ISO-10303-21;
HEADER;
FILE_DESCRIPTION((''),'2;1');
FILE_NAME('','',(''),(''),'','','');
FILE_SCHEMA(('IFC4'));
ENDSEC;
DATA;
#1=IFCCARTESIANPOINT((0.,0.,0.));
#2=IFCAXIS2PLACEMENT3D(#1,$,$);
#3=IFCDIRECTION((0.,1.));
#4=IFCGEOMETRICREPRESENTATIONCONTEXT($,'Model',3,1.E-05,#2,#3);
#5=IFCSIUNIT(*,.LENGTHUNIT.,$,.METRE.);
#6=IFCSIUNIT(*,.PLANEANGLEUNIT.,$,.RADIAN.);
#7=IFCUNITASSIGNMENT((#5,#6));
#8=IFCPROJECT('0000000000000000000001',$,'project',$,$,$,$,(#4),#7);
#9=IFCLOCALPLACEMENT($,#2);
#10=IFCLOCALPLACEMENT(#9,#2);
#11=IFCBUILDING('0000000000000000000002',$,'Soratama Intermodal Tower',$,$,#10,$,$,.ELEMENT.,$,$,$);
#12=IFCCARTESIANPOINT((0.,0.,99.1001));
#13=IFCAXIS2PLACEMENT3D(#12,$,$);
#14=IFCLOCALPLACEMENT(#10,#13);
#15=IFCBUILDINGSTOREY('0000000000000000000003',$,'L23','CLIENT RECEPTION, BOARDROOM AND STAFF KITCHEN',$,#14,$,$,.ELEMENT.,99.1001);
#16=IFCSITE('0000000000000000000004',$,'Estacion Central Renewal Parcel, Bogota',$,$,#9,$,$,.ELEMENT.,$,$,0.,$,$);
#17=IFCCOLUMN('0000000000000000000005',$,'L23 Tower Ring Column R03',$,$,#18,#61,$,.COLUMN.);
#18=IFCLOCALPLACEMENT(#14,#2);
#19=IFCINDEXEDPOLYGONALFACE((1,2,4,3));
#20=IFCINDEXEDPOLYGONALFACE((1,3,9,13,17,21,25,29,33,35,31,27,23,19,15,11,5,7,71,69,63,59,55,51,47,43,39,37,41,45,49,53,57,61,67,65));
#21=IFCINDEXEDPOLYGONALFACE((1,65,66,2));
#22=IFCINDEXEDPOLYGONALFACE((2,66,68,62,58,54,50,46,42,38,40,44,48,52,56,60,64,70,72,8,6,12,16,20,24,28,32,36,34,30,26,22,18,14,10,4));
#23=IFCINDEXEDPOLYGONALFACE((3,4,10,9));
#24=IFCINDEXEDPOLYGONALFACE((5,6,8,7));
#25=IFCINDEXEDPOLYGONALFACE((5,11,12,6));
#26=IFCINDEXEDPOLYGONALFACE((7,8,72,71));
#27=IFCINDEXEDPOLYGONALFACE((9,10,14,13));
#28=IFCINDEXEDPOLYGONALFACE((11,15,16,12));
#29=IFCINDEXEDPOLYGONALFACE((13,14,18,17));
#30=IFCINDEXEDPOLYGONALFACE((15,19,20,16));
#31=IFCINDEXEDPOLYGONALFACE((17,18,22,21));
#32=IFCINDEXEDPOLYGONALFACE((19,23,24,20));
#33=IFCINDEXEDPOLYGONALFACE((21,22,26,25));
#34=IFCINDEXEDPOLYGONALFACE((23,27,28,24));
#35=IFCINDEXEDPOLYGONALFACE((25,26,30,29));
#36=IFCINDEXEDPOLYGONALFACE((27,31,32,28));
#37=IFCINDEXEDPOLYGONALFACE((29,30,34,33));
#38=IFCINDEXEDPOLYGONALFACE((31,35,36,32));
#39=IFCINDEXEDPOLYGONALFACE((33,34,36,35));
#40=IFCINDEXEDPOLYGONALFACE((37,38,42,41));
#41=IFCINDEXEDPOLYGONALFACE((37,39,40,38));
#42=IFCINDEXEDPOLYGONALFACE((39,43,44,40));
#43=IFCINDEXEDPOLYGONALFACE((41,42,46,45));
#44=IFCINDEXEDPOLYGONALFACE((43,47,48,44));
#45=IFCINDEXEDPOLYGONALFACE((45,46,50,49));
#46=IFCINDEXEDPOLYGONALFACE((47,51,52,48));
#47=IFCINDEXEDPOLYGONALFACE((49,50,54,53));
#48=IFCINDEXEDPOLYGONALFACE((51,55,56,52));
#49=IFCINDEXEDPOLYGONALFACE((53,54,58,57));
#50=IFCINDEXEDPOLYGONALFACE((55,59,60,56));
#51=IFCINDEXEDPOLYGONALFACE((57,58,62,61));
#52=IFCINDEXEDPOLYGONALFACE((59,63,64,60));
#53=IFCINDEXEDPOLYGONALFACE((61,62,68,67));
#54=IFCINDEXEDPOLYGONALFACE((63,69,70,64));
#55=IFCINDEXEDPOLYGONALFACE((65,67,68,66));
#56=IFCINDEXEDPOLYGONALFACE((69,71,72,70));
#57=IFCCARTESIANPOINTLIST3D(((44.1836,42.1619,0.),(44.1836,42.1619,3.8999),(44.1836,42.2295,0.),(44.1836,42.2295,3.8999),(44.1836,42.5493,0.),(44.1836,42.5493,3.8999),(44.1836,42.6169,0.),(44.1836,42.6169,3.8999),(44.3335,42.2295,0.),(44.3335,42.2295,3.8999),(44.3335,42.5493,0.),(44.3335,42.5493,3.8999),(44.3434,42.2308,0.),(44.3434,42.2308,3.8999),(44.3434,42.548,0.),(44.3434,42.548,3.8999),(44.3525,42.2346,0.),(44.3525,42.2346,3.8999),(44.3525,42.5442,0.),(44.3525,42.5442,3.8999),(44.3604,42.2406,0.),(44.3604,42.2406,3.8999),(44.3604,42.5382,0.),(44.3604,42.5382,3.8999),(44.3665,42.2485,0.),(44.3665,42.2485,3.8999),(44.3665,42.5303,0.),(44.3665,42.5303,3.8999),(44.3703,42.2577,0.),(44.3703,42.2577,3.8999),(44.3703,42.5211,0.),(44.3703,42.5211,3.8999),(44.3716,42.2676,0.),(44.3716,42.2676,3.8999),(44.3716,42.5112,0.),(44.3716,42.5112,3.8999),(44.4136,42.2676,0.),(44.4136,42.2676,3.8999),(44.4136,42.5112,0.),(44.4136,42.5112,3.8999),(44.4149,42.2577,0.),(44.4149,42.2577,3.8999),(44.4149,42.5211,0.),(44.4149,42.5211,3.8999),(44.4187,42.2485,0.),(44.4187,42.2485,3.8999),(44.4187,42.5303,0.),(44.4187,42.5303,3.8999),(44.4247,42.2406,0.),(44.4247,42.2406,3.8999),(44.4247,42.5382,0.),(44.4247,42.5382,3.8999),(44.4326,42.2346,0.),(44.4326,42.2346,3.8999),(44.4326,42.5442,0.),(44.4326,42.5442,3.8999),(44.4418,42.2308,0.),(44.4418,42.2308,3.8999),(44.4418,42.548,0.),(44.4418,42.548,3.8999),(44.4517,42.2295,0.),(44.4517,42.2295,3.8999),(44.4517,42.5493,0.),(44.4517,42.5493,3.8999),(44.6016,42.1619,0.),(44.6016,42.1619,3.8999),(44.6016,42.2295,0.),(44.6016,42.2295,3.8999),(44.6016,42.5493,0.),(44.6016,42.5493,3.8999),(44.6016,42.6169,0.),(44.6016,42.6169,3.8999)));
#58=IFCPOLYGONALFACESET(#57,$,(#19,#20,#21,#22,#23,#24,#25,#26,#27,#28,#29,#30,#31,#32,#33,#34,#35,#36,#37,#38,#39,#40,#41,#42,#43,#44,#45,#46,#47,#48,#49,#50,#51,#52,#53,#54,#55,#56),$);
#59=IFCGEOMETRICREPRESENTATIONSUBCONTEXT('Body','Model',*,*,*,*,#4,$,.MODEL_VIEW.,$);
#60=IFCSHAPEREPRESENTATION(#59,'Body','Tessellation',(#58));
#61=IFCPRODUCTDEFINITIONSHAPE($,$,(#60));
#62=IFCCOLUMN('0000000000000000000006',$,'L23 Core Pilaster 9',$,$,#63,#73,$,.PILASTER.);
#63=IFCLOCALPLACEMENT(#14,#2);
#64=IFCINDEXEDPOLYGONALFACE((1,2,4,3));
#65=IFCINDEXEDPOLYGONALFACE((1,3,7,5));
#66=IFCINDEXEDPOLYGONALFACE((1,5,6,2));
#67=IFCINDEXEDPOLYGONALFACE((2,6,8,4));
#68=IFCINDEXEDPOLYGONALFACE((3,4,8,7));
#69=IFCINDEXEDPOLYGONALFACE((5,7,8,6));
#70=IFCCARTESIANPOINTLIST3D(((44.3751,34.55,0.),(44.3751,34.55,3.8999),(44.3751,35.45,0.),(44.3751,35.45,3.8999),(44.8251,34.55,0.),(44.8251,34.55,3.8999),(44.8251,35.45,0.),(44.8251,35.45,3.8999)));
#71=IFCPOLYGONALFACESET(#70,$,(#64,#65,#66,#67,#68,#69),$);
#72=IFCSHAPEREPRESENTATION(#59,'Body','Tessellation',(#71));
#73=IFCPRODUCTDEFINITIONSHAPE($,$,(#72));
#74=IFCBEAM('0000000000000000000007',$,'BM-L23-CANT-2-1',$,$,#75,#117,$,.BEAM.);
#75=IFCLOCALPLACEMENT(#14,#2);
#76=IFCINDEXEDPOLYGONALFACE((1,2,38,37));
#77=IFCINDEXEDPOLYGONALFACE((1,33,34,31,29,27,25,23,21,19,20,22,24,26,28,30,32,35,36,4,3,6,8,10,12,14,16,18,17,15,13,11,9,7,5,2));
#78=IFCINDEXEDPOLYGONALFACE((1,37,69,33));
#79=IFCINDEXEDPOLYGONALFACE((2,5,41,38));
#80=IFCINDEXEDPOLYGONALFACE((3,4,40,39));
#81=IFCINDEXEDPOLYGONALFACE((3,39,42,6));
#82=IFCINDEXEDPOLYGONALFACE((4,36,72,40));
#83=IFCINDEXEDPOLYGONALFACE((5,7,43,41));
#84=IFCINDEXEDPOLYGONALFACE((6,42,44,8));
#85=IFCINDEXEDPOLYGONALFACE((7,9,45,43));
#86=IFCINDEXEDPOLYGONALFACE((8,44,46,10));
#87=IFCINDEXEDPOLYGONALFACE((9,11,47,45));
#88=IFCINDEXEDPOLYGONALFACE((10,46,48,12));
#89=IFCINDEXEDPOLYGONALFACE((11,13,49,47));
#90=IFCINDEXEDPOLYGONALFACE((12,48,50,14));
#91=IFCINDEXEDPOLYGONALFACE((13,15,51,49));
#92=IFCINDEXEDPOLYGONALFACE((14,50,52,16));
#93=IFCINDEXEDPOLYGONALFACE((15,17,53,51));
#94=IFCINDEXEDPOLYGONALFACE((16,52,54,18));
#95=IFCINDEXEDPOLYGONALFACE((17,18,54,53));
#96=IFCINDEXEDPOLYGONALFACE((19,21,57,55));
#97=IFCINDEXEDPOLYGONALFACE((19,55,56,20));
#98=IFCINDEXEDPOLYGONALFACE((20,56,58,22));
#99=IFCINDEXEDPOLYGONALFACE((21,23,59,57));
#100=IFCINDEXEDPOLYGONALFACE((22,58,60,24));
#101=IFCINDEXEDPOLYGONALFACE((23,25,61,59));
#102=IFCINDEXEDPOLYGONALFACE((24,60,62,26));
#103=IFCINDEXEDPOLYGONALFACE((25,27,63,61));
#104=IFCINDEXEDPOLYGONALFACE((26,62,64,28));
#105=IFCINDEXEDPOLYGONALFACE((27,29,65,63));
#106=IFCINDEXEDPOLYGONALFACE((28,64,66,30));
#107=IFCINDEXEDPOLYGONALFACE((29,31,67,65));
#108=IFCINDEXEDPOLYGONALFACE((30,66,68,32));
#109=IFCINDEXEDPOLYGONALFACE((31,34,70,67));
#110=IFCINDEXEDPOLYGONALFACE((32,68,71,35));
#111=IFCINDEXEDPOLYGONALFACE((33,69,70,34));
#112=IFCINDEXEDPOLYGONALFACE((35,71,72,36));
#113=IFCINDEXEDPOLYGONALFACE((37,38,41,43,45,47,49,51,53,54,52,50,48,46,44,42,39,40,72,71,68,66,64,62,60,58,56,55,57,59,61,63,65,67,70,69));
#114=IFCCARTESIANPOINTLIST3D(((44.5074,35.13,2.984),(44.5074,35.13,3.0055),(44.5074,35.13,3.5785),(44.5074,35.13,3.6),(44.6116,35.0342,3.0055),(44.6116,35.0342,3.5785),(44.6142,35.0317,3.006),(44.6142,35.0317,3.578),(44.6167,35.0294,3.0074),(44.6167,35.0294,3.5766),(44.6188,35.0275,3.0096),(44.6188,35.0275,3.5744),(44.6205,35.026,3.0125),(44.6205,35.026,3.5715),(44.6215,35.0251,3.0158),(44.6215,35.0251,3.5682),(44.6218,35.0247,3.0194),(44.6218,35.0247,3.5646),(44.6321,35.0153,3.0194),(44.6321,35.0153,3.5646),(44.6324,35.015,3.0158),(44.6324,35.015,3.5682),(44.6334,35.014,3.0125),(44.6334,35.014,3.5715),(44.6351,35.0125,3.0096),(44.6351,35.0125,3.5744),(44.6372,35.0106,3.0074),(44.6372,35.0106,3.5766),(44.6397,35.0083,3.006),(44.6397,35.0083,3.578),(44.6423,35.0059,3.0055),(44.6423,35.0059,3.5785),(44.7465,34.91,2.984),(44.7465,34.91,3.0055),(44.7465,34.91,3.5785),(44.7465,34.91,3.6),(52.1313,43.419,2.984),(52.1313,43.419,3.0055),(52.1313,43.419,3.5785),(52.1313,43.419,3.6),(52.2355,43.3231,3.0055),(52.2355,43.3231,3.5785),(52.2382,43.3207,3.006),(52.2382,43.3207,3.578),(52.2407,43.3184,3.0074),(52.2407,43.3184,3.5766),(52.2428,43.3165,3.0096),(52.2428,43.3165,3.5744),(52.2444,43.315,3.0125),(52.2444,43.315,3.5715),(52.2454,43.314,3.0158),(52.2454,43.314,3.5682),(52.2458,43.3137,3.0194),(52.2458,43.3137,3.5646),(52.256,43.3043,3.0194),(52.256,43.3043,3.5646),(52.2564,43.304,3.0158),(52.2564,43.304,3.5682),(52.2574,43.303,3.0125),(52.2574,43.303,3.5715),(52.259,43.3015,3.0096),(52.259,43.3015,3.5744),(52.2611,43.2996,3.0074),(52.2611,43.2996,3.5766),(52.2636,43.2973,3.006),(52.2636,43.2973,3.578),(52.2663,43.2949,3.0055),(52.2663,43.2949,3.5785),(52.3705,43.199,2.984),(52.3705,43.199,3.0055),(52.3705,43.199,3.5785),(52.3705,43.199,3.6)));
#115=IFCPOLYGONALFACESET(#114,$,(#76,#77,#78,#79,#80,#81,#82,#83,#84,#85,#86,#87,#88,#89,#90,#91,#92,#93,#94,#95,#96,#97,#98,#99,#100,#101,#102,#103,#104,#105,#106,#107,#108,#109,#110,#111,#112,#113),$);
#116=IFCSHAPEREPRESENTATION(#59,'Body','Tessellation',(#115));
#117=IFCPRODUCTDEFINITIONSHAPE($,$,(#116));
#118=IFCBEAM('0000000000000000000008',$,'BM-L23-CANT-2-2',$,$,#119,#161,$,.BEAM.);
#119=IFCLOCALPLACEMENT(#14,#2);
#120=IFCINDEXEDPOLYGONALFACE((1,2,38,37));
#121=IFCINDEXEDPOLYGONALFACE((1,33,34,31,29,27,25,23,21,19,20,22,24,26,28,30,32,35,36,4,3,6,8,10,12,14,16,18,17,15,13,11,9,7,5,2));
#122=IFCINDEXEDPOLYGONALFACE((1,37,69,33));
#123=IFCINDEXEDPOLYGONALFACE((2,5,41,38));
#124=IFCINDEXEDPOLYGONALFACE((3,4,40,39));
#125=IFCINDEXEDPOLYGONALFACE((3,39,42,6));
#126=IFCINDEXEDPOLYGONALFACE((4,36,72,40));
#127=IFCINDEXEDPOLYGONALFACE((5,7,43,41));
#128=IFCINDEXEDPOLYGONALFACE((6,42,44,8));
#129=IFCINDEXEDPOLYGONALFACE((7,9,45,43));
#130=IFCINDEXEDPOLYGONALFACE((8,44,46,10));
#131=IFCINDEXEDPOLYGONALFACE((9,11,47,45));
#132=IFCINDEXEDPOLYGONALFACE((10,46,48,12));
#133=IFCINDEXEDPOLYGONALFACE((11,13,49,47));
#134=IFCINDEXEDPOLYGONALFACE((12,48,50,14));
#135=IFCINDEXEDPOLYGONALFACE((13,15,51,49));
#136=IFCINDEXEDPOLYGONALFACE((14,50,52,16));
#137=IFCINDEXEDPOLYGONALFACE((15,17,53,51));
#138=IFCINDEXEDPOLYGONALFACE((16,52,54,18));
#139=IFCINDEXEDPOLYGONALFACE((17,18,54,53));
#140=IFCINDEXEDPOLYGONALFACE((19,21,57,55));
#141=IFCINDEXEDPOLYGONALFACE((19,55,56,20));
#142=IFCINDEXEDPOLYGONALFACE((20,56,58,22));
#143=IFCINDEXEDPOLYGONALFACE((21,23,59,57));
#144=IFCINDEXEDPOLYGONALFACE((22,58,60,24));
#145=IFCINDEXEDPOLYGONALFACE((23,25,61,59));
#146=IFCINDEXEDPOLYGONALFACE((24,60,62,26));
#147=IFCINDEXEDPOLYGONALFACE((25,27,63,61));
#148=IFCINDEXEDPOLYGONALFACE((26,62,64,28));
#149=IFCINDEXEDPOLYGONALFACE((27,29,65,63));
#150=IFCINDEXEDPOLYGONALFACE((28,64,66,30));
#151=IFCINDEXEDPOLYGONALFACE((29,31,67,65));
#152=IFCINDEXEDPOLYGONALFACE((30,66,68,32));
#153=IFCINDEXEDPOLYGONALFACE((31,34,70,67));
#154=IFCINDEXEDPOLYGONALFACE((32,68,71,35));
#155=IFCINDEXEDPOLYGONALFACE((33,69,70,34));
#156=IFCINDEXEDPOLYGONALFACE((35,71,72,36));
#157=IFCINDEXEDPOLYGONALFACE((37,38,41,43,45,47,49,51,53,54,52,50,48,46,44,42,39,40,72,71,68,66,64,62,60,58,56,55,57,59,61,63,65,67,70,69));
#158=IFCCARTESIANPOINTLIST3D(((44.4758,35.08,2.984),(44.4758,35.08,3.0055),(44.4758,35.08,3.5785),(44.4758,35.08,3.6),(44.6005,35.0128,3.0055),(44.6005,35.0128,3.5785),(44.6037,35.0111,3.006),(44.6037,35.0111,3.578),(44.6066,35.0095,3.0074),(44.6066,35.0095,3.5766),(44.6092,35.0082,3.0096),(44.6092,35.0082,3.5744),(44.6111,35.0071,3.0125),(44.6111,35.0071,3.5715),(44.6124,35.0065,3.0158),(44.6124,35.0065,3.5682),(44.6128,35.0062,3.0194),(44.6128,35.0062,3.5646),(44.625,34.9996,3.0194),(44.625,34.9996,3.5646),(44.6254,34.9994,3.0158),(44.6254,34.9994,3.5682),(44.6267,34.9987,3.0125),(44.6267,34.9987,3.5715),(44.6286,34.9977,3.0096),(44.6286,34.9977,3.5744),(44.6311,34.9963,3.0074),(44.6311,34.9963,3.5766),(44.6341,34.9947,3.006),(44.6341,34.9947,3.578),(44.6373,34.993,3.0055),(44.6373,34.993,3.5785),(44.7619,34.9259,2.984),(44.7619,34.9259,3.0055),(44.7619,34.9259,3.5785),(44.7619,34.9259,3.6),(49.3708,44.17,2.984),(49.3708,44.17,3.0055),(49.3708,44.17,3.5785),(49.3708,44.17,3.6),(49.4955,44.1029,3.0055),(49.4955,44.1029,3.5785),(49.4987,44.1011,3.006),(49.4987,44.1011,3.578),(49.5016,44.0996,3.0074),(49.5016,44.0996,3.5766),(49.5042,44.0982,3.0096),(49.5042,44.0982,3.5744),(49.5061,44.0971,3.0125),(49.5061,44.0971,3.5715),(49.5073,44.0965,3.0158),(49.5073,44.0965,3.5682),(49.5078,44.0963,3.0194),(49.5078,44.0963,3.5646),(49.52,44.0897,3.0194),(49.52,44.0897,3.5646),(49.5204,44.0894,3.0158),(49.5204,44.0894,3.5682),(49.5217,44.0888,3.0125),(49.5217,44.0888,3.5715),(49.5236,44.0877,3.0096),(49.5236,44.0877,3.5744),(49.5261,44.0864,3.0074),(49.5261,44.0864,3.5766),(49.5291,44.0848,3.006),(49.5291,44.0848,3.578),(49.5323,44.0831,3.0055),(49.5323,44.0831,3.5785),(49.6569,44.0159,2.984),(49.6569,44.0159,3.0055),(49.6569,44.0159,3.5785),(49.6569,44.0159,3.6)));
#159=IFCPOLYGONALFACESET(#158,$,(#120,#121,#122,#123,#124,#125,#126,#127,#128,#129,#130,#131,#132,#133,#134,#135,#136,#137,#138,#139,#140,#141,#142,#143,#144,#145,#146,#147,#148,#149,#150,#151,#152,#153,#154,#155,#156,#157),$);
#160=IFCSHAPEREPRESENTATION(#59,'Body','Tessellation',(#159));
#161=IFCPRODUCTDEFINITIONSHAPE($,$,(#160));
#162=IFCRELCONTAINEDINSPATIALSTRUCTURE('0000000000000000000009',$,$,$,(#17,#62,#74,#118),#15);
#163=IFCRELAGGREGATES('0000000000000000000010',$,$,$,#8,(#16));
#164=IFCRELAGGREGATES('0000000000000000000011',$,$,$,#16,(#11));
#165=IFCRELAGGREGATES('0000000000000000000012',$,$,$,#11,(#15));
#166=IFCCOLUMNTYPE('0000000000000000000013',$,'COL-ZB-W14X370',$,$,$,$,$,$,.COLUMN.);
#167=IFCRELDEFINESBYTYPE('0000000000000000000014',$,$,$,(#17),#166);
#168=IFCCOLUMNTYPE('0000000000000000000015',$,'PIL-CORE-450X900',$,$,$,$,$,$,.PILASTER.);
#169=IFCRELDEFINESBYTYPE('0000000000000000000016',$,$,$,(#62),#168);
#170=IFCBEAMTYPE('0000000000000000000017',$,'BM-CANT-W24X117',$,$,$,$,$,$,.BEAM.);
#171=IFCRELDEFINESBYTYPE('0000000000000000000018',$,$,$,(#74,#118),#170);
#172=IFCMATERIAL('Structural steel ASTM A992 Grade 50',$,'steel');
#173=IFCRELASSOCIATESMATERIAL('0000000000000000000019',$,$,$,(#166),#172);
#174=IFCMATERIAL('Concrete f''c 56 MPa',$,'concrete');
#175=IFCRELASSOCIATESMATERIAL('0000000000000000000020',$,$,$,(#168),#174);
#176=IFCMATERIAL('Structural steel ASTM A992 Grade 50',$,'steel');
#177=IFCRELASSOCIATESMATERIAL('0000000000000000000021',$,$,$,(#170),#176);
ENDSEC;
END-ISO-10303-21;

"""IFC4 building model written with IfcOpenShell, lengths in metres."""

from ifc_helpers import new_model, si_unit, direction, frame, origin, origin_2d, place, context, subcontext, project, spatial, rectangle, i_section, extrude, material, material_profile, profile_set, type_object, element, save


model = new_model("IFC4")

# Units and contexts
model_context = context("Model", 3, precision=1e-05, world=origin(), true_north=direction((0.0, 1.0)))
body_context = subcontext(model_context, "Body", "Model", "MODEL_VIEW")
ifc_project = project(units=[si_unit("LENGTHUNIT", "METRE"), si_unit("PLANEANGLEUNIT", "RADIAN")], contexts=[model_context])

# Site, building, storey
site_placement = place(None, origin())
site = spatial("IfcSite", under=ifc_project, at=site_placement, Name="Estacion Central Renewal Parcel, Bogota", CompositionType="ELEMENT", RefElevation=0.0)
building_placement = place(site_placement, origin())
building = spatial("IfcBuilding", under=site, at=building_placement, Name="Soratama Intermodal Tower", CompositionType="ELEMENT")
storey_placement = place(building_placement, frame((0.0, 0.0, 99.1001)))
storey = spatial("IfcBuildingStorey", under=building, at=storey_placement, Name="L23", Description="CLIENT RECEPTION, BOARDROOM AND STAFF KITCHEN", CompositionType="ELEMENT", Elevation=99.1001)

# Columns
ifc_material_1 = material(Name="Structural steel ASTM A992 Grade 50", Category="steel")
ifc_material_profile_1 = material_profile(ifc_material_1, i_section(OverallWidth=0.418, OverallDepth=0.4551, WebThickness=0.042, FlangeThickness=0.0676, FilletRadius=0.0381, at=origin_2d()), Name="W14X370")
ifc_profile_set_1 = profile_set([ifc_material_profile_1], Name="Structural steel ASTM A992 Grade 50")
column_type_1 = type_object("IfcColumnType", Name="COL-ZB-W14X370", PredefinedType="COLUMN", material=ifc_profile_set_1)
column_1_placement = place(storey_placement, frame((44.3926, 42.3894, 0.0), z_axis=(0.0, 0.0, 1.0), x_axis=(1.0, 0.0, 0.0)))
element("IfcColumn", 1, at=column_1_placement, inside=storey, type_object=column_type_1, Name="L23 Tower Ring Column R03", PredefinedType="COLUMN", context=body_context, shape_type="SweptSolid", body=[
    extrude(i_section(OverallWidth=0.418, OverallDepth=0.4551, WebThickness=0.042, FlangeThickness=0.0676, FilletRadius=0.0381, at=origin_2d()), origin(), (0.0, 0.0, 1.0), 3.8999),
])
ifc_material_2 = material(Name="Concrete f'c 56 MPa", Category="concrete")
ifc_material_profile_2 = material_profile(ifc_material_2, rectangle(XDim=0.45, YDim=0.8999, at=origin_2d()), Name="RC450X900")
ifc_profile_set_2 = profile_set([ifc_material_profile_2], Name="Concrete f'c 56 MPa")
column_type_2 = type_object("IfcColumnType", Name="PIL-CORE-450X900", PredefinedType="PILASTER", material=ifc_profile_set_2)
column_2_placement = place(storey_placement, frame((44.6001, 35.0, 0.0), z_axis=(0.0, 0.0, 1.0), x_axis=(1.0, 0.0, 0.0)))
element("IfcColumn", 2, at=column_2_placement, inside=storey, type_object=column_type_2, Name="L23 Core Pilaster 9", PredefinedType="PILASTER", context=body_context, shape_type="SweptSolid", body=[
    extrude(rectangle(XDim=0.45, YDim=0.8999, at=origin_2d()), origin(), (0.0, 0.0, 1.0), 3.8999),
])

# Beams
ifc_material_3 = material(Name="Structural steel ASTM A992 Grade 50", Category="steel")
ifc_material_profile_3 = material_profile(ifc_material_3, i_section(OverallWidth=0.325, OverallDepth=0.616, WebThickness=0.0139, FlangeThickness=0.0215, FilletRadius=0.0139, at=origin_2d()), Name="W24X117")
ifc_profile_set_3 = profile_set([ifc_material_profile_3], Name="Structural steel ASTM A992 Grade 50")
beam_type_1 = type_object("IfcBeamType", Name="BM-CANT-W24X117", PredefinedType="BEAM", material=ifc_profile_set_3)
beam_1_placement = place(storey_placement, frame((44.627, 35.02, 3.292), z_axis=(0.676964, 0.736016, 0.0), x_axis=(-0.736016, 0.676964, 0.0)))
element("IfcBeam", 3, at=beam_1_placement, inside=storey, type_object=beam_type_1, Name="BM-L23-CANT-2-1", PredefinedType="BEAM", context=body_context, shape_type="SweptSolid", body=[
    extrude(i_section(OverallWidth=0.325, OverallDepth=0.616, WebThickness=0.0139, FlangeThickness=0.0215, FilletRadius=0.0139, at=origin_2d()), origin(), (0.0, 0.0, 1.0), 11.262),
])
beam_2_placement = place(storey_placement, frame((44.6189, 35.0029, 3.292), z_axis=(0.474127, 0.880457, 0.0), x_axis=(-0.880457, 0.474127, 0.0)))
element("IfcBeam", 4, at=beam_2_placement, inside=storey, type_object=beam_type_1, Name="BM-L23-CANT-2-2", PredefinedType="BEAM", context=body_context, shape_type="SweptSolid", body=[
    extrude(i_section(OverallWidth=0.325, OverallDepth=0.616, WebThickness=0.0139, FlangeThickness=0.0215, FilletRadius=0.0139, at=origin_2d()), origin(), (0.0, 0.0, 1.0), 10.3242),
])

save(model, "model.ifc")
